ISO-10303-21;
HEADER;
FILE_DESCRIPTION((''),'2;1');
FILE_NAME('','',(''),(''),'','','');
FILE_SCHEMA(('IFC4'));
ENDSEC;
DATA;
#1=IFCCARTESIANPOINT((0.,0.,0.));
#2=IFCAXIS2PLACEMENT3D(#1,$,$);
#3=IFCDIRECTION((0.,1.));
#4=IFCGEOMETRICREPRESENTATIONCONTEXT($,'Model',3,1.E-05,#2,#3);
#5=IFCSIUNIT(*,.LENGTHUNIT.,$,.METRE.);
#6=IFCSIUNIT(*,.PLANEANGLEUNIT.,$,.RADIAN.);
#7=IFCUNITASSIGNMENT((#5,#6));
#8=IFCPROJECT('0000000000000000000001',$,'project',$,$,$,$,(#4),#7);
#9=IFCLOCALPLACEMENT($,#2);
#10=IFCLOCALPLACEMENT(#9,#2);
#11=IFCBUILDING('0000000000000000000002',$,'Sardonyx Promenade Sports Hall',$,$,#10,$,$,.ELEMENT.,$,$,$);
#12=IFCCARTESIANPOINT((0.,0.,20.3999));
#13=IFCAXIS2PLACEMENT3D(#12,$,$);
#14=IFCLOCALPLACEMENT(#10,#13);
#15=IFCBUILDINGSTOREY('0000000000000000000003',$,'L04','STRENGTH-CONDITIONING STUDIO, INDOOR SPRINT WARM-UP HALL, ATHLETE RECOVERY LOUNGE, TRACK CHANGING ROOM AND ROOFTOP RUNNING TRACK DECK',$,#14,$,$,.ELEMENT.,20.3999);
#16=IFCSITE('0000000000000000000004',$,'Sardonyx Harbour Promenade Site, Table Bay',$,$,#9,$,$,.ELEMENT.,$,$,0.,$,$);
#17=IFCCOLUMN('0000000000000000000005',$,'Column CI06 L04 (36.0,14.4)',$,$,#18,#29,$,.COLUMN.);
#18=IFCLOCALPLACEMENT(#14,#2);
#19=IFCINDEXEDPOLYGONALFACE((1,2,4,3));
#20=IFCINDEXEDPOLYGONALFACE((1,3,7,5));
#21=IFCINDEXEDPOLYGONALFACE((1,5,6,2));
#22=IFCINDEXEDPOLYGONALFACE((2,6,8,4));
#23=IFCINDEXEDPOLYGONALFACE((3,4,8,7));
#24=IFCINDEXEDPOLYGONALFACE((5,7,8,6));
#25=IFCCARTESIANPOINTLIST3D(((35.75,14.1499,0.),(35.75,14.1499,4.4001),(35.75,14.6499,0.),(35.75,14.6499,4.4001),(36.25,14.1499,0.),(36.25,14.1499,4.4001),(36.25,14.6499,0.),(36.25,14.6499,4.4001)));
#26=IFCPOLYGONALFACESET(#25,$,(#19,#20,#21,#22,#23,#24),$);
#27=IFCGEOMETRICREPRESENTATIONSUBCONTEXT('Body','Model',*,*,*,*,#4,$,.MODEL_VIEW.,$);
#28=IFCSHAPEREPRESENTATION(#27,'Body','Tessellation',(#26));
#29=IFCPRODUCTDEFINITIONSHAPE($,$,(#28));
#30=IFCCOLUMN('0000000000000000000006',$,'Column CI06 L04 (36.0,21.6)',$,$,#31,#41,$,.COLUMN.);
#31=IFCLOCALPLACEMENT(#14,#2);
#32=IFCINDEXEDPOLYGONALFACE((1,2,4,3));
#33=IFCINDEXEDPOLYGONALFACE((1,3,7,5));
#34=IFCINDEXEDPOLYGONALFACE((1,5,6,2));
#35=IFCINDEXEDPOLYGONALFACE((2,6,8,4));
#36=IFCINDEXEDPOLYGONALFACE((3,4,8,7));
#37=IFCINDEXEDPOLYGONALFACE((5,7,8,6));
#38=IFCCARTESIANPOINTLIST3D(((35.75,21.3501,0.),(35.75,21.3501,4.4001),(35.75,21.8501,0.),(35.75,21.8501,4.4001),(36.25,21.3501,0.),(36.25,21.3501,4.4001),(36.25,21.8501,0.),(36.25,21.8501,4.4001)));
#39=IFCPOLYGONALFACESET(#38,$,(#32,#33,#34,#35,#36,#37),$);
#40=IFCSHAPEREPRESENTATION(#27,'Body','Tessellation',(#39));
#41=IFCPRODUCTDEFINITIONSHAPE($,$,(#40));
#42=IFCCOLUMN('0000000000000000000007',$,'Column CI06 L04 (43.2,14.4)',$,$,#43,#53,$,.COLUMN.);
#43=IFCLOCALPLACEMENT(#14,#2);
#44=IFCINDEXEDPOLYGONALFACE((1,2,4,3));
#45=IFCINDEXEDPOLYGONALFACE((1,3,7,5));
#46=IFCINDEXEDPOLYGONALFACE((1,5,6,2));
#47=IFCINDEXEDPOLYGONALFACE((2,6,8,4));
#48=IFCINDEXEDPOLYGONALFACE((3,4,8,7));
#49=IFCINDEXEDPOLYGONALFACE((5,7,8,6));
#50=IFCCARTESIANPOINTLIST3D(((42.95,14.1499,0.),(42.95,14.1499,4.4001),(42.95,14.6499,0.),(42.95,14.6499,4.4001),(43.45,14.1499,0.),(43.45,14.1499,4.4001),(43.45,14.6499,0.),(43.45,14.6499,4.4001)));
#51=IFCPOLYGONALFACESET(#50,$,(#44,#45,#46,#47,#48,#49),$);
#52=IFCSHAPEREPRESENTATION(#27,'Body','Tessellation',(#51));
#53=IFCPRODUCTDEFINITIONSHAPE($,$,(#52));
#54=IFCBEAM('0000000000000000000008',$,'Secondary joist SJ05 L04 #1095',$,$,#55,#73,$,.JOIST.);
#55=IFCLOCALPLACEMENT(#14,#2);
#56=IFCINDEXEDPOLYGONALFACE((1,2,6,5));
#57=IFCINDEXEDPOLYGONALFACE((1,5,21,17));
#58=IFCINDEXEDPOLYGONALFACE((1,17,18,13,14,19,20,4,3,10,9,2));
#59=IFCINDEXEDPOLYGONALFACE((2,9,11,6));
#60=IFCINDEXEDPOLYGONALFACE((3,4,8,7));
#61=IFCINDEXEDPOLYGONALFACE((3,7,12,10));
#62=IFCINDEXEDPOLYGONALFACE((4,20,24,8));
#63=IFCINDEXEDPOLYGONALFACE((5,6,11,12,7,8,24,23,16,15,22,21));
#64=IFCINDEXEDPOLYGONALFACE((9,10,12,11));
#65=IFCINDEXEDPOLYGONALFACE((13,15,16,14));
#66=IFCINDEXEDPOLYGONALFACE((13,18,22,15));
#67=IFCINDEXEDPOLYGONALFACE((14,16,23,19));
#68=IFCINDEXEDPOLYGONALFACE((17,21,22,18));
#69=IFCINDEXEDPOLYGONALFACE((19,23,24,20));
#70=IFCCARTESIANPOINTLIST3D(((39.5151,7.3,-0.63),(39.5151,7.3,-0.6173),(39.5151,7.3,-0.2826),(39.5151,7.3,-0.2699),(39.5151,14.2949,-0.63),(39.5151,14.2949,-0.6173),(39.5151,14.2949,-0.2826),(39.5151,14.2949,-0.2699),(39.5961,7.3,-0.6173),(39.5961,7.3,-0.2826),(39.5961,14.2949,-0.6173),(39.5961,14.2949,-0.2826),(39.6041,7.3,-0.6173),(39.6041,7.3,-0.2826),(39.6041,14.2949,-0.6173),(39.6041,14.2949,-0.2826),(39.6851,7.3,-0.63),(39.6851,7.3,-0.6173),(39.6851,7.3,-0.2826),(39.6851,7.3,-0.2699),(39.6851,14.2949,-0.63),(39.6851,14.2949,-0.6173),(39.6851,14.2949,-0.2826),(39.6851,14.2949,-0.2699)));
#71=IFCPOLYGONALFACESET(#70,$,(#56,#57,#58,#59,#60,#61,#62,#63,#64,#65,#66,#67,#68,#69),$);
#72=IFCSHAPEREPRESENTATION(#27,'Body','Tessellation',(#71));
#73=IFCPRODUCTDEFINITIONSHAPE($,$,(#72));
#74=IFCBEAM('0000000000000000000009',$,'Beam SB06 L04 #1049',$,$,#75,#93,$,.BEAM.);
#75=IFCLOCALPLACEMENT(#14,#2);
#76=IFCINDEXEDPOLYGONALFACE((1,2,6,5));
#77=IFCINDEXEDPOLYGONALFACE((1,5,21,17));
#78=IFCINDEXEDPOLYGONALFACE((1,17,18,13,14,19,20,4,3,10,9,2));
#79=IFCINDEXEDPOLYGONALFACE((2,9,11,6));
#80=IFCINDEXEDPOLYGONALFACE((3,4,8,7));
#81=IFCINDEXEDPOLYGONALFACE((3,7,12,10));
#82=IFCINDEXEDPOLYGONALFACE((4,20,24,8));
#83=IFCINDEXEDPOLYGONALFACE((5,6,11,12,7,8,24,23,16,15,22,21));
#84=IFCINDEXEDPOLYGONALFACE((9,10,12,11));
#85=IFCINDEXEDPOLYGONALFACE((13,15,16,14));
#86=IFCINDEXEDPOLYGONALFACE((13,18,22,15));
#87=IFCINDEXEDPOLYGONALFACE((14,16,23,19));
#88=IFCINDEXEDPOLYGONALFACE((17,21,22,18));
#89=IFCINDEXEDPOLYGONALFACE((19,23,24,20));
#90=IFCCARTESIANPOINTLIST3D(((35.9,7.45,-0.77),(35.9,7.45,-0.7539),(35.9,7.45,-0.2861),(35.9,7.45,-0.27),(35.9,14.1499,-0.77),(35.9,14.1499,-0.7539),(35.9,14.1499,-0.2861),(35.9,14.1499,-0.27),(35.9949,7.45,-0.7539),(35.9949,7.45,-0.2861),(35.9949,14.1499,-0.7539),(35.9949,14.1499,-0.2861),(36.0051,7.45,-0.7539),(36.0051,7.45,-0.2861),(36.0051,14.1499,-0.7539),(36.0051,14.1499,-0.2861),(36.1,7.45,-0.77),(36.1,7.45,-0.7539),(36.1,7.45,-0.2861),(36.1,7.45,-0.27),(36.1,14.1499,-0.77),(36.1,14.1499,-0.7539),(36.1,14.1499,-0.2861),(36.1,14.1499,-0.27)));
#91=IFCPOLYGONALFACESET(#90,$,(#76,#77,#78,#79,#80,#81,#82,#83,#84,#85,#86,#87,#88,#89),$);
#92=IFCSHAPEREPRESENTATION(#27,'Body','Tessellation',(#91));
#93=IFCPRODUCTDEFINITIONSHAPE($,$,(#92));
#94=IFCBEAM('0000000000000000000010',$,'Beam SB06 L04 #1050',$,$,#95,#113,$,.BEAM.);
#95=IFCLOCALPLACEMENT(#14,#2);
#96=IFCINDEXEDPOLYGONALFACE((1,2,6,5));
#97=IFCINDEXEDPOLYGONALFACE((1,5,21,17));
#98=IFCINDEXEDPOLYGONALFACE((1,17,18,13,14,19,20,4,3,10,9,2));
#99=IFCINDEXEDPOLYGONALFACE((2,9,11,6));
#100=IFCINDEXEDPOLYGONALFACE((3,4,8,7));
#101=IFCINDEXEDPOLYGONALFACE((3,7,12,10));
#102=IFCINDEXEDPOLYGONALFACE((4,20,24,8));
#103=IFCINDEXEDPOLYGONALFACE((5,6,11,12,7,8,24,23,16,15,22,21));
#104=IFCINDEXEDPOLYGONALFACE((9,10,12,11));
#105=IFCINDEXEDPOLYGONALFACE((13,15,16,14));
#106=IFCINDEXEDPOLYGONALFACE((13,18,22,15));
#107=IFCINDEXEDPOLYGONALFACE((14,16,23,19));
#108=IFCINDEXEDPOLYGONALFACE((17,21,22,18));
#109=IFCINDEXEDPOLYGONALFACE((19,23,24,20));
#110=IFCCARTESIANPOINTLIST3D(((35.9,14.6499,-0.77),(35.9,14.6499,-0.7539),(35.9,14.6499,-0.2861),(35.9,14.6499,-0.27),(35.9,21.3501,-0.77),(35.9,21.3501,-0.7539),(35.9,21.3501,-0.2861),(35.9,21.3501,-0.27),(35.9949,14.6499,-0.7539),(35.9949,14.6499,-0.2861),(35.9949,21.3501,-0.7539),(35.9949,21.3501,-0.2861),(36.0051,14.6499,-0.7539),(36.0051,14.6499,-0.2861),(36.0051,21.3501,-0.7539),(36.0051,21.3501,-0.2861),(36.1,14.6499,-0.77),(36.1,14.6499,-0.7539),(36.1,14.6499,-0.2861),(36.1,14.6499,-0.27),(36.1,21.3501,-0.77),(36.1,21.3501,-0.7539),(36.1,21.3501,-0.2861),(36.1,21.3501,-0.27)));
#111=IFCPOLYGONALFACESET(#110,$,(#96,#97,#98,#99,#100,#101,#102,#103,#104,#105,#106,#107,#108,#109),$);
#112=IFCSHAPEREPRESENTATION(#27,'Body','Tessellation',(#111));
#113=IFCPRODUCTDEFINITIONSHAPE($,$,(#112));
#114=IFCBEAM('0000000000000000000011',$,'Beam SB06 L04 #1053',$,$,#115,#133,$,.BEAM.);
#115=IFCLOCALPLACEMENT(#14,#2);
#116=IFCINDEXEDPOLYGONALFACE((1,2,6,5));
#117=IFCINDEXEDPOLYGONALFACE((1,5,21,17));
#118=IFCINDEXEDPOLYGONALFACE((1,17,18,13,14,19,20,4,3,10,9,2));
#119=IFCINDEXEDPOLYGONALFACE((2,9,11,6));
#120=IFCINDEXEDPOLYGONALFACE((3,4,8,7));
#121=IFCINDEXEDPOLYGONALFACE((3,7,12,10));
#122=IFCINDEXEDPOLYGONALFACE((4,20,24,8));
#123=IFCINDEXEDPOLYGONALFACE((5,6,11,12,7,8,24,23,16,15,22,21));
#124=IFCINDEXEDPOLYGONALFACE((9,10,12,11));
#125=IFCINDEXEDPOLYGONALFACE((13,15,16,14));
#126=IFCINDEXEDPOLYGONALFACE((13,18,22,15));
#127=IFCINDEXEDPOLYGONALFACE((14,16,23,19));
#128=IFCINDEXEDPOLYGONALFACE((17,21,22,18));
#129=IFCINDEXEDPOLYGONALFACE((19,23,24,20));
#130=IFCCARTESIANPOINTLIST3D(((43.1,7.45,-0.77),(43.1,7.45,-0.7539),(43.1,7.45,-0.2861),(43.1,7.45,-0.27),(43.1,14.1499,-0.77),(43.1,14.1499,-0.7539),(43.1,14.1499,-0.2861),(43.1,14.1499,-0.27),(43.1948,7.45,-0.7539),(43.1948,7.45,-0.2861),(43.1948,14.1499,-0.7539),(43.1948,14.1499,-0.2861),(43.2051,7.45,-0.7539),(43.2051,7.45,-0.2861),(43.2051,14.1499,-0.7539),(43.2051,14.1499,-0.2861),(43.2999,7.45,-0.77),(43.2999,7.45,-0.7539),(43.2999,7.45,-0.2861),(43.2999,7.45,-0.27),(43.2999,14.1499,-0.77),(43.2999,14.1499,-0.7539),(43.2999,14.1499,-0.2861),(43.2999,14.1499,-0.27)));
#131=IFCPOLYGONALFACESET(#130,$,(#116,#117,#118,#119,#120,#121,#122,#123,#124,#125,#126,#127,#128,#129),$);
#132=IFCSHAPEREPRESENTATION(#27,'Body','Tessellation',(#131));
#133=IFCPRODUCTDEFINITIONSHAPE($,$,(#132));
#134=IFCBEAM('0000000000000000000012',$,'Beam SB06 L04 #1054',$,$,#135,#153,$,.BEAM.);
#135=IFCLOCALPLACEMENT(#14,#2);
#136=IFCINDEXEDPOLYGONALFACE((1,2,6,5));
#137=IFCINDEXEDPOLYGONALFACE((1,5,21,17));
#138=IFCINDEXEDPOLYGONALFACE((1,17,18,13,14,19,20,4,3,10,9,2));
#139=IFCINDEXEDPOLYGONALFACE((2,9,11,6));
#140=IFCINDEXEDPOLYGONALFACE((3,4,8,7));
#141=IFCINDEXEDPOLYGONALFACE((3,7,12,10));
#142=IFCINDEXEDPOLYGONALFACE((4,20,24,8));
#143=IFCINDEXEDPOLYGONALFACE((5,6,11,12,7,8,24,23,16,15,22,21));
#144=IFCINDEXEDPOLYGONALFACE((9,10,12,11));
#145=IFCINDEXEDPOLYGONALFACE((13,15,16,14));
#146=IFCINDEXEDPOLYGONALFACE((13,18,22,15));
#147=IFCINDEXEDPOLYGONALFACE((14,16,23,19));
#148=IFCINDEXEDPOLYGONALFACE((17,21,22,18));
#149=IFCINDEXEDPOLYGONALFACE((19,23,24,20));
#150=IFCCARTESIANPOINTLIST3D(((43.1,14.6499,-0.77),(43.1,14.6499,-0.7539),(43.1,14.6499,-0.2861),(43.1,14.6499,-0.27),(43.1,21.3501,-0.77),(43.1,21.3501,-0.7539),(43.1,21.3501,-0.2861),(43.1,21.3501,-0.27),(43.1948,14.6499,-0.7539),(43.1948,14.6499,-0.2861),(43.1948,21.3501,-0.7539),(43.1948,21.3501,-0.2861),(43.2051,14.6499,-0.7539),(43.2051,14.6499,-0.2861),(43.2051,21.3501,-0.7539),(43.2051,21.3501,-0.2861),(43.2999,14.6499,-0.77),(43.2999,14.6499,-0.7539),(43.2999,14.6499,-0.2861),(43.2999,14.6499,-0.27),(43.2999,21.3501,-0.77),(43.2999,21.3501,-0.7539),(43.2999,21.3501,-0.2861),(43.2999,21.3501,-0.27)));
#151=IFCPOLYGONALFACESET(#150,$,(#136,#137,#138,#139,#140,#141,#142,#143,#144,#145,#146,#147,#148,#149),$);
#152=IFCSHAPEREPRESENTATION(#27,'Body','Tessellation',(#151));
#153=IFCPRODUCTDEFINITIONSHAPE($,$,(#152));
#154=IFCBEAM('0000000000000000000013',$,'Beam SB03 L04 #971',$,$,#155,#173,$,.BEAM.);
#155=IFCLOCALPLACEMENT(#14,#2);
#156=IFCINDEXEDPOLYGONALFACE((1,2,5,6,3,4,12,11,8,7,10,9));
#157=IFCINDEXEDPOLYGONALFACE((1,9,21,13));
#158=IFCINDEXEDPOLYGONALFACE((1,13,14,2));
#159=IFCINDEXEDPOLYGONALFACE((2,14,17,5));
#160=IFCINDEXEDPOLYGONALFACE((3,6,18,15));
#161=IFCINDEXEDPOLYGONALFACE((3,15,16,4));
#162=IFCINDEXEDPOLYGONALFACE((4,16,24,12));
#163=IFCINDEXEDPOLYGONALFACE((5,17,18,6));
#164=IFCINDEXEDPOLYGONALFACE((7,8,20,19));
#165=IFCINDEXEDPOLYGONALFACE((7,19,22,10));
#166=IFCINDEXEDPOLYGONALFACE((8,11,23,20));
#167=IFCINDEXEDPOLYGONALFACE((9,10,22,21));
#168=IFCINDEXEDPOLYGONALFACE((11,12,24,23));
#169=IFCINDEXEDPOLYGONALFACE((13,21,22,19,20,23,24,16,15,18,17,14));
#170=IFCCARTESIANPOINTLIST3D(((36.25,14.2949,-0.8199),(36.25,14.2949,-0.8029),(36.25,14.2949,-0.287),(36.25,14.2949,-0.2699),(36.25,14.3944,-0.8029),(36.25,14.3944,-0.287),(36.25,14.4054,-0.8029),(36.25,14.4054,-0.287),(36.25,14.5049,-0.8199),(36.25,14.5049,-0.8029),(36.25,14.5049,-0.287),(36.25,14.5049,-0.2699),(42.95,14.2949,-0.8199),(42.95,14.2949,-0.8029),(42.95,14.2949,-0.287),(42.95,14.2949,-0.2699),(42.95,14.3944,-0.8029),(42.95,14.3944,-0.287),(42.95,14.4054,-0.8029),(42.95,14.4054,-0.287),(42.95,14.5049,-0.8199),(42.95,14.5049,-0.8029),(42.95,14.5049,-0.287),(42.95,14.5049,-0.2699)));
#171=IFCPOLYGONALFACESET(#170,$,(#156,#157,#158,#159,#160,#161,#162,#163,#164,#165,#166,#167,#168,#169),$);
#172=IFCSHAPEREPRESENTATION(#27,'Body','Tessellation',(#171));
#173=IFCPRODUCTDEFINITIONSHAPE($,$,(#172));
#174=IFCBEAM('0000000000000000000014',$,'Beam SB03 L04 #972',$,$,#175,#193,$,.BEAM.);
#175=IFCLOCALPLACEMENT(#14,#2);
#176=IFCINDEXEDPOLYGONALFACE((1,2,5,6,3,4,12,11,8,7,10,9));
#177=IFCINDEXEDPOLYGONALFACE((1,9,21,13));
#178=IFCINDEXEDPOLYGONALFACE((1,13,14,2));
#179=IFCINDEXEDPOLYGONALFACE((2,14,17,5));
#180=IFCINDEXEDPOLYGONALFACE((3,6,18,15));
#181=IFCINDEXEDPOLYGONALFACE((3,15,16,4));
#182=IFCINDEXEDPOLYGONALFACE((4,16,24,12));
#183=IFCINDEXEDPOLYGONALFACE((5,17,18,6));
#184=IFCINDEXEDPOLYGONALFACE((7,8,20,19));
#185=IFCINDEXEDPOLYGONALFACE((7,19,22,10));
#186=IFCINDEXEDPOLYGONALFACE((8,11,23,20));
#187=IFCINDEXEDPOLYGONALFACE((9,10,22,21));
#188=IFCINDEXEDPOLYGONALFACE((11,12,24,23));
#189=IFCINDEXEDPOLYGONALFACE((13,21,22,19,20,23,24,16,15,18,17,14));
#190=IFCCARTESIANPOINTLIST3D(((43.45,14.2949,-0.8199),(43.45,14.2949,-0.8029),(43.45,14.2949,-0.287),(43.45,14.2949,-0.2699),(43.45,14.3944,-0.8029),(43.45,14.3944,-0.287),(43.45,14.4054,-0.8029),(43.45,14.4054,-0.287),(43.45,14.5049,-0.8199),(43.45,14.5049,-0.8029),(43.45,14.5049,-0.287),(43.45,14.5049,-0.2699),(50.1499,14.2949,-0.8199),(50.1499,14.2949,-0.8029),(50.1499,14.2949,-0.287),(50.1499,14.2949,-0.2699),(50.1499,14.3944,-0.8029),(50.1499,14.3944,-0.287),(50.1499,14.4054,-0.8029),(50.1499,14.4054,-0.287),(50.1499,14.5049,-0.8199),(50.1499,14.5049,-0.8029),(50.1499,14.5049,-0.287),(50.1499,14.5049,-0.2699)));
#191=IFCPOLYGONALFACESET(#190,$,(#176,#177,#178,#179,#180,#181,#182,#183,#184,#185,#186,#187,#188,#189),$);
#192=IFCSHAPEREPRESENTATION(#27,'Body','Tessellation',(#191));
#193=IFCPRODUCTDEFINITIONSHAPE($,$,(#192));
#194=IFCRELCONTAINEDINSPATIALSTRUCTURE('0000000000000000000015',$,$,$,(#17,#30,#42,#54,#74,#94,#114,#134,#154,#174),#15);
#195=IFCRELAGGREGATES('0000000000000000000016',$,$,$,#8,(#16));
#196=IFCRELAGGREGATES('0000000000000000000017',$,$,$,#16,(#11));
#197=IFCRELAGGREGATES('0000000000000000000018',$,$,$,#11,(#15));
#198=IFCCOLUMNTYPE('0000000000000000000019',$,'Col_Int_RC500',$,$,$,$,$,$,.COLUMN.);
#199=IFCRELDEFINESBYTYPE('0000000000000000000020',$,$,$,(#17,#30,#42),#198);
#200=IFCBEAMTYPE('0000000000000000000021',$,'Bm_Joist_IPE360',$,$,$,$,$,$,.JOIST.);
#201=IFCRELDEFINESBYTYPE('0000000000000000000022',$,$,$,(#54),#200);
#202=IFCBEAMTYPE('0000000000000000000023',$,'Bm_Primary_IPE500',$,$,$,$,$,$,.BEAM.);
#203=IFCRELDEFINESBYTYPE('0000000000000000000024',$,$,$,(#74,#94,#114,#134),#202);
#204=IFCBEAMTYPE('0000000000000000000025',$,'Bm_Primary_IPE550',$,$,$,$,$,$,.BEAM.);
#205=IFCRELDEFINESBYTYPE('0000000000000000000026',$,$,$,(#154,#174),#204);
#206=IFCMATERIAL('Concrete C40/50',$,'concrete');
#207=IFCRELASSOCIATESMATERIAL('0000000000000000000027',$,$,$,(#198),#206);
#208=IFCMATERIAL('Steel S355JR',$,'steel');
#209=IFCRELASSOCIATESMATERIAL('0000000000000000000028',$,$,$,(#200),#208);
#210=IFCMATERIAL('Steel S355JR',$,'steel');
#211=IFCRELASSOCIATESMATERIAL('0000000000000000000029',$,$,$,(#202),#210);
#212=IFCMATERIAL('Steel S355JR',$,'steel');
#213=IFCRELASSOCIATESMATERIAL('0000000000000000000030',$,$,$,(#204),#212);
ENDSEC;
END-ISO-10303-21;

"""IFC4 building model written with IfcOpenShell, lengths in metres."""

from ifc_helpers import new_model, si_unit, direction, frame, origin, origin_2d, place, context, subcontext, project, spatial, rectangle, i_section, extrude, material, material_profile, profile_set, type_object, element, save


model = new_model("IFC4")

# Units and contexts
model_context = context("Model", 3, precision=1e-05, world=origin(), true_north=direction((0.0, 1.0)))
body_context = subcontext(model_context, "Body", "Model", "MODEL_VIEW")
ifc_project = project(units=[si_unit("LENGTHUNIT", "METRE"), si_unit("PLANEANGLEUNIT", "RADIAN")], contexts=[model_context])

# Site, building, storey
site_placement = place(None, origin())
site = spatial("IfcSite", under=ifc_project, at=site_placement, Name="Sardonyx Harbour Promenade Site, Table Bay", CompositionType="ELEMENT", RefElevation=0.0)
building_placement = place(site_placement, origin())
building = spatial("IfcBuilding", under=site, at=building_placement, Name="Sardonyx Promenade Sports Hall", CompositionType="ELEMENT")
storey_placement = place(building_placement, frame((0.0, 0.0, 20.3999)))
storey = spatial("IfcBuildingStorey", under=building, at=storey_placement, Name="L04", Description="STRENGTH-CONDITIONING STUDIO, INDOOR SPRINT WARM-UP HALL, ATHLETE RECOVERY LOUNGE, TRACK CHANGING ROOM AND ROOFTOP RUNNING TRACK DECK", CompositionType="ELEMENT", Elevation=20.3999)

# Columns
ifc_material_1 = material(Name="Concrete C40/50", Category="concrete")
ifc_material_profile_1 = material_profile(ifc_material_1, rectangle(XDim=0.5, YDim=0.5, at=origin_2d()))
ifc_profile_set_1 = profile_set([ifc_material_profile_1], Name="Concrete C40/50")
column_type = type_object("IfcColumnType", Name="Col_Int_RC500", PredefinedType="COLUMN", material=ifc_profile_set_1)
for number, where, z_axis, x_axis, name in (
    (1, (36.0, 14.3999, 0.0), (0.0, 0.0, 1.0), (1.0, 0.0, 0.0), "Column CI06 L04 (36.0,14.4)"),
    (2, (36.0, 21.6001, 0.0), (0.0, 0.0, 1.0), (1.0, 0.0, 0.0), "Column CI06 L04 (36.0,21.6)"),
    (3, (43.2, 14.3999, 0.0), (0.0, 0.0, 1.0), (1.0, 0.0, 0.0), "Column CI06 L04 (43.2,14.4)"),
):
    element("IfcColumn", number, at=place(storey_placement, frame(where, z_axis=z_axis, x_axis=x_axis)), inside=storey, type_object=column_type, Name=name, PredefinedType="COLUMN", context=body_context, shape_type="SweptSolid", body=[
        extrude(rectangle(XDim=0.5, YDim=0.5, at=origin_2d()), origin(), (0.0, 0.0, 1.0), 4.4001),
    ])

# Beams
ifc_material_2 = material(Name="Steel S355JR", Category="steel")
ifc_material_profile_2 = material_profile(ifc_material_2, i_section(OverallWidth=0.1699, OverallDepth=0.3601, WebThickness=0.0081, FlangeThickness=0.0127, at=origin_2d()))
ifc_profile_set_2 = profile_set([ifc_material_profile_2], Name="Steel S355JR")
beam_type_1 = type_object("IfcBeamType", Name="Bm_Joist_IPE360", PredefinedType="JOIST", material=ifc_profile_set_2)
beam_1_placement = place(storey_placement, frame((39.6001, 7.3, -0.45), z_axis=(0.0, 1.0, 0.0), x_axis=(-1.0, 0.0, 0.0)))
element("IfcBeam", 4, at=beam_1_placement, inside=storey, type_object=beam_type_1, Name="Secondary joist SJ05 L04 #1095", PredefinedType="JOIST", context=body_context, shape_type="SweptSolid", body=[
    extrude(i_section(OverallWidth=0.1699, OverallDepth=0.3601, WebThickness=0.0081, FlangeThickness=0.0127, at=origin_2d()), origin(), (0.0, 0.0, 1.0), 6.9949),
])
ifc_material_3 = material(Name="Steel S355JR", Category="steel")
ifc_material_profile_3 = material_profile(ifc_material_3, i_section(OverallWidth=0.2, OverallDepth=0.5, WebThickness=0.0103, FlangeThickness=0.0161, at=origin_2d()))
ifc_profile_set_3 = profile_set([ifc_material_profile_3], Name="Steel S355JR")
beam_type_2 = type_object("IfcBeamType", Name="Bm_Primary_IPE500", PredefinedType="BEAM", material=ifc_profile_set_3)
beam_2_placement = place(storey_placement, frame((36.0, 7.45, -0.52), z_axis=(0.0, 1.0, 0.0), x_axis=(-1.0, 0.0, 0.0)))
element("IfcBeam", 5, at=beam_2_placement, inside=storey, type_object=beam_type_2, Name="Beam SB06 L04 #1049", PredefinedType="BEAM", context=body_context, shape_type="SweptSolid", body=[
    extrude(i_section(OverallWidth=0.2, OverallDepth=0.5, WebThickness=0.0103, FlangeThickness=0.0161, at=origin_2d()), origin(), (0.0, 0.0, 1.0), 6.7),
])
beam_3_placement = place(storey_placement, frame((36.0, 14.6499, -0.52), z_axis=(0.0, 1.0, 0.0), x_axis=(-1.0, 0.0, 0.0)))
element("IfcBeam", 6, at=beam_3_placement, inside=storey, type_object=beam_type_2, Name="Beam SB06 L04 #1050", PredefinedType="BEAM", context=body_context, shape_type="SweptSolid", body=[
    extrude(i_section(OverallWidth=0.2, OverallDepth=0.5, WebThickness=0.0103, FlangeThickness=0.0161, at=origin_2d()), origin(), (0.0, 0.0, 1.0), 6.7002),
])
beam_4_placement = place(storey_placement, frame((43.2, 7.45, -0.52), z_axis=(0.0, 1.0, 0.0), x_axis=(-1.0, 0.0, 0.0)))
element("IfcBeam", 7, at=beam_4_placement, inside=storey, type_object=beam_type_2, Name="Beam SB06 L04 #1053", PredefinedType="BEAM", context=body_context, shape_type="SweptSolid", body=[
    extrude(i_section(OverallWidth=0.2, OverallDepth=0.5, WebThickness=0.0103, FlangeThickness=0.0161, at=origin_2d()), origin(), (0.0, 0.0, 1.0), 6.7),
])
beam_5_placement = place(storey_placement, frame((43.2, 14.6499, -0.52), z_axis=(0.0, 1.0, 0.0), x_axis=(-1.0, 0.0, 0.0)))
element("IfcBeam", 8, at=beam_5_placement, inside=storey, type_object=beam_type_2, Name="Beam SB06 L04 #1054", PredefinedType="BEAM", context=body_context, shape_type="SweptSolid", body=[
    extrude(i_section(OverallWidth=0.2, OverallDepth=0.5, WebThickness=0.0103, FlangeThickness=0.0161, at=origin_2d()), origin(), (0.0, 0.0, 1.0), 6.7002),
])
ifc_material_4 = material(Name="Steel S355JR", Category="steel")
ifc_material_profile_4 = material_profile(ifc_material_4, i_section(OverallWidth=0.21, OverallDepth=0.55, WebThickness=0.011, FlangeThickness=0.0171, at=origin_2d()))
ifc_profile_set_4 = profile_set([ifc_material_profile_4], Name="Steel S355JR")
beam_type_3 = type_object("IfcBeamType", Name="Bm_Primary_IPE550", PredefinedType="BEAM", material=ifc_profile_set_4)
for number, where, z_axis, x_axis, name in (
    (9, (36.25, 14.3999, -0.5449), (1.0, 0.0, 0.0), (0.0, 1.0, 0.0), "Beam SB03 L04 #971"),
    (10, (43.45, 14.3999, -0.5449), (1.0, 0.0, 0.0), (0.0, 1.0, 0.0), "Beam SB03 L04 #972"),
):
    element("IfcBeam", number, at=place(storey_placement, frame(where, z_axis=z_axis, x_axis=x_axis)), inside=storey, type_object=beam_type_3, Name=name, PredefinedType="BEAM", context=body_context, shape_type="SweptSolid", body=[
        extrude(i_section(OverallWidth=0.21, OverallDepth=0.55, WebThickness=0.011, FlangeThickness=0.0171, at=origin_2d()), origin(), (0.0, 0.0, 1.0), 6.7),
    ])

save(model, "model.ifc")
